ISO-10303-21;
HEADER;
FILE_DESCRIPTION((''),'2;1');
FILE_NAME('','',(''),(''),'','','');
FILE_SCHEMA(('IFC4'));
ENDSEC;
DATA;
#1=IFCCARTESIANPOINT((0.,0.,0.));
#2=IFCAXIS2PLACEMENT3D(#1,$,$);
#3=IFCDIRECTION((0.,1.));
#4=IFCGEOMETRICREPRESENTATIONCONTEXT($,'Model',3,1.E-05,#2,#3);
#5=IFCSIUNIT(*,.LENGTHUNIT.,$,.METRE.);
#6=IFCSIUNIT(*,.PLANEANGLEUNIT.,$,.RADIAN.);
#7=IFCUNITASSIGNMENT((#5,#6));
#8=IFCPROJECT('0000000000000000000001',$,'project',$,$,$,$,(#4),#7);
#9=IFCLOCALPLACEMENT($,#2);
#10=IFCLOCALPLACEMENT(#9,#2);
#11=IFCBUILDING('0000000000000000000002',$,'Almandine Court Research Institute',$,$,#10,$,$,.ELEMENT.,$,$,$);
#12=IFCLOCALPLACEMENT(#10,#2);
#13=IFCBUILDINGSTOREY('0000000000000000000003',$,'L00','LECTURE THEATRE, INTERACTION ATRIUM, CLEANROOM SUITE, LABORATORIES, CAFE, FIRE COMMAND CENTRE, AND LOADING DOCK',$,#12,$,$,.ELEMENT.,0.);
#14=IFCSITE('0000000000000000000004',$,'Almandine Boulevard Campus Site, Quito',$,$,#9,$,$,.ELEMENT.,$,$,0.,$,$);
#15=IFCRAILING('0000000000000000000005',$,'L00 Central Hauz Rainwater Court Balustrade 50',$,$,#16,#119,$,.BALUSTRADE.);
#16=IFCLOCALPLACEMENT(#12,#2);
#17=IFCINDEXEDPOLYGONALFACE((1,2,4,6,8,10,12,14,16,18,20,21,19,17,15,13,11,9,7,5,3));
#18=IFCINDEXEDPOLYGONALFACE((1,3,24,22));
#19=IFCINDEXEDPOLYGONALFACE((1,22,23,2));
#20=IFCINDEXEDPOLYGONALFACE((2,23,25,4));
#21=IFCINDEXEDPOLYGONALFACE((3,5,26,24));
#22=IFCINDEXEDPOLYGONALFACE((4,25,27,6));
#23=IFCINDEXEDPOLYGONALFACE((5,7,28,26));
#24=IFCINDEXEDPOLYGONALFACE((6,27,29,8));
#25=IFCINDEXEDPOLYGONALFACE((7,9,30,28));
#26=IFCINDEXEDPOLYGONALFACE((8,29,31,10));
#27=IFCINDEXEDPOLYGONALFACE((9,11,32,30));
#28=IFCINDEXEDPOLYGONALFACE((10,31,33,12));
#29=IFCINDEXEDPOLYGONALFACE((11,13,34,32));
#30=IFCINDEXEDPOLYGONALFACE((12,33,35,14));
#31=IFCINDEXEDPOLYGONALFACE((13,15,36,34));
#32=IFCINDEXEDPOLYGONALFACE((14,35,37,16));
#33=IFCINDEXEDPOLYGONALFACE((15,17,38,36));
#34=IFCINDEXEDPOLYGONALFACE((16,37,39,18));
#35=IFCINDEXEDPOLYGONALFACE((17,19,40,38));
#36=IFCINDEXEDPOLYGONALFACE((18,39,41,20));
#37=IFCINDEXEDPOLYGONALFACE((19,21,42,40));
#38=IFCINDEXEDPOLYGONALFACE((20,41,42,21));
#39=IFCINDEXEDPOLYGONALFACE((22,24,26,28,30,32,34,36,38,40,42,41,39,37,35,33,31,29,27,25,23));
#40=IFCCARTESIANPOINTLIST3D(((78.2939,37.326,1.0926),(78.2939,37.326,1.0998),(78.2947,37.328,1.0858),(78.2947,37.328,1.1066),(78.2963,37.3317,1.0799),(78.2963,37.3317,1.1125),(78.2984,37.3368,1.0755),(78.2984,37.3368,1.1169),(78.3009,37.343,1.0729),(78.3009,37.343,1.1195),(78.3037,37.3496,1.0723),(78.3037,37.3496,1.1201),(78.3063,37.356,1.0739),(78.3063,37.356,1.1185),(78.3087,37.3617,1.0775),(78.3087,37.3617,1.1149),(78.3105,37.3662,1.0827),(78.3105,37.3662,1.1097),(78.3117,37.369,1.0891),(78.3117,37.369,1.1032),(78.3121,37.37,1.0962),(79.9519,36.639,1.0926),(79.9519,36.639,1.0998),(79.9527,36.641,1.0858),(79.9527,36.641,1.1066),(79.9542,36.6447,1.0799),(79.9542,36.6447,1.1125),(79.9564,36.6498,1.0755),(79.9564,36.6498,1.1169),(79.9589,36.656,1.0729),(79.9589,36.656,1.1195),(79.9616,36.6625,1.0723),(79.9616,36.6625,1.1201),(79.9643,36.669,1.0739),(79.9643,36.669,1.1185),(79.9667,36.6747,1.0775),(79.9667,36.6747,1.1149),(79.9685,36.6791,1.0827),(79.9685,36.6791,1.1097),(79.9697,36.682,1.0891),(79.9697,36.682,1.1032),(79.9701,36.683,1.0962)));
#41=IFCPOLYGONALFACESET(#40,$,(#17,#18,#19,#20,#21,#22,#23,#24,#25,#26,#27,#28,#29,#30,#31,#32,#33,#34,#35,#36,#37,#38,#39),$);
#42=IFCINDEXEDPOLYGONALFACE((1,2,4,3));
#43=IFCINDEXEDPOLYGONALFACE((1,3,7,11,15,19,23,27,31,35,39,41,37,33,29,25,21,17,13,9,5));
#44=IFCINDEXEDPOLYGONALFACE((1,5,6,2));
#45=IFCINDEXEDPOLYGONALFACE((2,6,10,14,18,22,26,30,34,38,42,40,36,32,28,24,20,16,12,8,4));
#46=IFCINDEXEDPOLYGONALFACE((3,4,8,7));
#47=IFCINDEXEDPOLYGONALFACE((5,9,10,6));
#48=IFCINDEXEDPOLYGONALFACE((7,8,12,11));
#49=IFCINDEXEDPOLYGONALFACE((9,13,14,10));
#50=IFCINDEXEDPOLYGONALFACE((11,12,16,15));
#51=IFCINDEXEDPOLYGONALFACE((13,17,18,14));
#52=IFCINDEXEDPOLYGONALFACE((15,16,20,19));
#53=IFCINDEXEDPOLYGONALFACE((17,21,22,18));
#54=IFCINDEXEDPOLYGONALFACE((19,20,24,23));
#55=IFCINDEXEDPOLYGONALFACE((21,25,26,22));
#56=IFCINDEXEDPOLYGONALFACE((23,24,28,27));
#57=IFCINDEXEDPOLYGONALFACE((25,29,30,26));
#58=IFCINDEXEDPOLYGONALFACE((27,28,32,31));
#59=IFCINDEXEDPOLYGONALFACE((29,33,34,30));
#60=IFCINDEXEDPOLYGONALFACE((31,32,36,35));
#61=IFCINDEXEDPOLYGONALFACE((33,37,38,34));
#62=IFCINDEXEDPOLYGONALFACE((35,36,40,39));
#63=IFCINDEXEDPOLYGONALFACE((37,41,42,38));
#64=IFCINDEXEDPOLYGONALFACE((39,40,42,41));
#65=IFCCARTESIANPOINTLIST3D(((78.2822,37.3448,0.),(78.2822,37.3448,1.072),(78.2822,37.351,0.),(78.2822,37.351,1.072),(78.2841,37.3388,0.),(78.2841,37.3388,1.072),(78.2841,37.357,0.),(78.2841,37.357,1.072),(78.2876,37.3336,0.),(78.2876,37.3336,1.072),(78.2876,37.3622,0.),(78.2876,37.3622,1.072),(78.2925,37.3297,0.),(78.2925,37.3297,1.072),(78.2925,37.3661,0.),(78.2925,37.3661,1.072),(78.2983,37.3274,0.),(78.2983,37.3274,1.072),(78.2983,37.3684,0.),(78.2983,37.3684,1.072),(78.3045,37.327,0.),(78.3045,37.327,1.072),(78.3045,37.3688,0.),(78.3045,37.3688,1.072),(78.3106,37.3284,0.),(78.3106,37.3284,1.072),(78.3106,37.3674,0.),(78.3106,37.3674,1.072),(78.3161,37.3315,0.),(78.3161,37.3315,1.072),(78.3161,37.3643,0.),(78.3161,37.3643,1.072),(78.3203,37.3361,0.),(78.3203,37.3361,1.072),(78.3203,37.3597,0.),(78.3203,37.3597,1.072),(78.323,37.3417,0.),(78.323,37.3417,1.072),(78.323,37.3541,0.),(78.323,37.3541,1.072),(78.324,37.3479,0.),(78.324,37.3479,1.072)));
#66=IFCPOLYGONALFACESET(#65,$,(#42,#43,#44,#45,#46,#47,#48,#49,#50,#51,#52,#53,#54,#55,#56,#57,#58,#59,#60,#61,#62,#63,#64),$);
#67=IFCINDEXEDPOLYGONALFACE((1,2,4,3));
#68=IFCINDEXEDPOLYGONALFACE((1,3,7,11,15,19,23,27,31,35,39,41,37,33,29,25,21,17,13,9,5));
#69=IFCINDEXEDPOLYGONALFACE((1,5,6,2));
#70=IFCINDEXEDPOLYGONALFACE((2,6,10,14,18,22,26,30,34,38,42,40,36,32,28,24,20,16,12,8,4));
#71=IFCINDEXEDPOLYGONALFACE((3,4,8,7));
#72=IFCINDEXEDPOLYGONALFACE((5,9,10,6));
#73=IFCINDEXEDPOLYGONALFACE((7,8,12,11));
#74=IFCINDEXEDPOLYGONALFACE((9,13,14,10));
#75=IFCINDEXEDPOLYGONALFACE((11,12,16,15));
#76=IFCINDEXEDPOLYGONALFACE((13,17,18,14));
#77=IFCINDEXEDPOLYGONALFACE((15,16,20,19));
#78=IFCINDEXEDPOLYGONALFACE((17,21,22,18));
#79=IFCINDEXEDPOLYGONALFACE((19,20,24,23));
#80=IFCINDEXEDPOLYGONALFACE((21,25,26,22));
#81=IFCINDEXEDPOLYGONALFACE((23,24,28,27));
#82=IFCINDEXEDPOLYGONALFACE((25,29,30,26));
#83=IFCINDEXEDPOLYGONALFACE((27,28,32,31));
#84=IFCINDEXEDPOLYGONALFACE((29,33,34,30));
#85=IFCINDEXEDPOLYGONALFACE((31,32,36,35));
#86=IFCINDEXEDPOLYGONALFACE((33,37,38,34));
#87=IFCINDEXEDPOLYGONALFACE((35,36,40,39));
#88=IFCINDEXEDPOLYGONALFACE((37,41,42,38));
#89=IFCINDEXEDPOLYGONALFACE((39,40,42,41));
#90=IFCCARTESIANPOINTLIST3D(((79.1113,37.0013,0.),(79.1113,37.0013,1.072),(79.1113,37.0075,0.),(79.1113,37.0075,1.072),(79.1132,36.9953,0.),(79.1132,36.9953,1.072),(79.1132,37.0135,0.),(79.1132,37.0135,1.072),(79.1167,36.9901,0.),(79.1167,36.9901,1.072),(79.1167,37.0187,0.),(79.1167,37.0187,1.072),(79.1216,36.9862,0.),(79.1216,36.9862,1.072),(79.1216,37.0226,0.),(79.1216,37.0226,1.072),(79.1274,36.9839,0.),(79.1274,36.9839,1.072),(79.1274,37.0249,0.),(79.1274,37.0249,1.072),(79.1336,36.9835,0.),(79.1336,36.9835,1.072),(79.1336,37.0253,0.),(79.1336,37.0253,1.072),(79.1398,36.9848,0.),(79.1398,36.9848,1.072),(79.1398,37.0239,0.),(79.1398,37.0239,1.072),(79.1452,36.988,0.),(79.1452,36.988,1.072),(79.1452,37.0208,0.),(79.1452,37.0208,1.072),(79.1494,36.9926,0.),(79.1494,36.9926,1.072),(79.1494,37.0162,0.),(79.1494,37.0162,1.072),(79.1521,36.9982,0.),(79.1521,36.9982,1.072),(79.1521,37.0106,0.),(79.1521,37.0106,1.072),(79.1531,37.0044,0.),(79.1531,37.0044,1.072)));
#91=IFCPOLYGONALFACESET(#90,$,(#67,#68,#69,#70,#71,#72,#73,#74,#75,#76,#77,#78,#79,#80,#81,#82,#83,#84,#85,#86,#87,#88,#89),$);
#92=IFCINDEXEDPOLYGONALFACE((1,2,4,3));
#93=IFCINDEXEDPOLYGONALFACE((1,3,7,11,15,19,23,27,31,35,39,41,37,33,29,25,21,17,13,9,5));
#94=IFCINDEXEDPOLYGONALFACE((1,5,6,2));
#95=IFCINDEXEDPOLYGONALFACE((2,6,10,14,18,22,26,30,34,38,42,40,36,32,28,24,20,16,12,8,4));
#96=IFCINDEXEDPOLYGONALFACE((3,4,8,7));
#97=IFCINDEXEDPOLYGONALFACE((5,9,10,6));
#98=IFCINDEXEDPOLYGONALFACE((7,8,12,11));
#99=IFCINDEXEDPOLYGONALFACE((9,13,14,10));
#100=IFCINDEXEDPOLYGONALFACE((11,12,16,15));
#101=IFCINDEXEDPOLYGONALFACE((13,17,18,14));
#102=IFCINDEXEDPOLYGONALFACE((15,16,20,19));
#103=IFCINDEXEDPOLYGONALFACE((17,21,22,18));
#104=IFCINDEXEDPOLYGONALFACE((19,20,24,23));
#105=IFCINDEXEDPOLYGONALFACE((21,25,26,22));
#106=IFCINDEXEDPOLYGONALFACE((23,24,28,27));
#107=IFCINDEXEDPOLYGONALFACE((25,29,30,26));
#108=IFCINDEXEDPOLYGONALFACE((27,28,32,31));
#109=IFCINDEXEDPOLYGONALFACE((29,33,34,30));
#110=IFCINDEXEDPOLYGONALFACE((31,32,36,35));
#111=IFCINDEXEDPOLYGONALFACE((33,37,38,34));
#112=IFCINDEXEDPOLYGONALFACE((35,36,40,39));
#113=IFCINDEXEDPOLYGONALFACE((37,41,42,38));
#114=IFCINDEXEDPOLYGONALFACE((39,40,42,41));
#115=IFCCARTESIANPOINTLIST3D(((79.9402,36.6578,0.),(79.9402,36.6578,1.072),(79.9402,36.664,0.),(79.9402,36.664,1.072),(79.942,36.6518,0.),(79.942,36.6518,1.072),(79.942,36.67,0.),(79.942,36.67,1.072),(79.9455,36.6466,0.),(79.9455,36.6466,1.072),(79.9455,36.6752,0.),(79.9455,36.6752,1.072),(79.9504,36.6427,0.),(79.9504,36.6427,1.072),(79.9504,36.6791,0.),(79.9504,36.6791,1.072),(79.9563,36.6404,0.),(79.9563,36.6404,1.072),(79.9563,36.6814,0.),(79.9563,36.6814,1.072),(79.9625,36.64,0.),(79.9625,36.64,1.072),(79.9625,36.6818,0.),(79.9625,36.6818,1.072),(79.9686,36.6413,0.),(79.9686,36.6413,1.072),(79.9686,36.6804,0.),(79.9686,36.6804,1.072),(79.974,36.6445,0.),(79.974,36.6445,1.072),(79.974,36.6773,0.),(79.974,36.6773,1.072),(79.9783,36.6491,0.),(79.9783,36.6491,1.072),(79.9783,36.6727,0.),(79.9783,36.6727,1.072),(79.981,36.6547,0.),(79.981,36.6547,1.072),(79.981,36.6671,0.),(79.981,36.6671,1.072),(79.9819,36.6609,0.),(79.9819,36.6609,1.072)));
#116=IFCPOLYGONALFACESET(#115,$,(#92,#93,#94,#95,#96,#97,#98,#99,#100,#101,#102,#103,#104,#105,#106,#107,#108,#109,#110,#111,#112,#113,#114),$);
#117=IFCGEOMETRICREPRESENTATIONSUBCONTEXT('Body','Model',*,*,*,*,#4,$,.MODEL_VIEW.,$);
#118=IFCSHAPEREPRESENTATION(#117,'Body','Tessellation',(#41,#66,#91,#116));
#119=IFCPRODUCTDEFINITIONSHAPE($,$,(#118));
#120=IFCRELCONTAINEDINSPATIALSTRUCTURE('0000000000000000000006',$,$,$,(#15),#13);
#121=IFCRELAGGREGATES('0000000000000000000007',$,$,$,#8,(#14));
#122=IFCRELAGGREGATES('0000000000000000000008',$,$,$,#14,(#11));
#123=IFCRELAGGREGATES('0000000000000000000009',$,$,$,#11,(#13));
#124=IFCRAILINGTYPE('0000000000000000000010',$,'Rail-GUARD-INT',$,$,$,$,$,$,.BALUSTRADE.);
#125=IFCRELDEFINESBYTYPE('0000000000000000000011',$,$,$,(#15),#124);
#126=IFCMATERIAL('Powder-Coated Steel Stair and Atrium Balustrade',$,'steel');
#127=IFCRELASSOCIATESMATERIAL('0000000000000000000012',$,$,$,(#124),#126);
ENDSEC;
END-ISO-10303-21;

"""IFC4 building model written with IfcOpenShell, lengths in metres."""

from ifc_helpers import new_model, si_unit, direction, frame, origin, origin_2d, place, context, subcontext, project, spatial, circle, extrude, material, type_object, element, save


model = new_model("IFC4")

# Units and contexts
model_context = context("Model", 3, precision=1e-05, world=origin(), true_north=direction((0.0, 1.0)))
body_context = subcontext(model_context, "Body", "Model", "MODEL_VIEW")
ifc_project = project(units=[si_unit("LENGTHUNIT", "METRE"), si_unit("PLANEANGLEUNIT", "RADIAN")], contexts=[model_context])

# Site, building, storey
site_placement = place(None, origin())
site = spatial("IfcSite", under=ifc_project, at=site_placement, Name="Almandine Boulevard Campus Site, Quito", CompositionType="ELEMENT", RefElevation=0.0)
building_placement = place(site_placement, origin())
building = spatial("IfcBuilding", under=site, at=building_placement, Name="Almandine Court Research Institute", CompositionType="ELEMENT")
storey_placement = place(building_placement, origin())
storey = spatial("IfcBuildingStorey", under=building, at=storey_placement, Name="L00", Description="LECTURE THEATRE, INTERACTION ATRIUM, CLEANROOM SUITE, LABORATORIES, CAFE, FIRE COMMAND CENTRE, AND LOADING DOCK", CompositionType="ELEMENT", Elevation=0.0)

# Railing
ifc_material_1 = material(Name="Powder-Coated Steel Stair and Atrium Balustrade", Category="steel")
railing_type = type_object("IfcRailingType", Name="Rail-GUARD-INT", PredefinedType="BALUSTRADE", material=ifc_material_1)
railing_1_placement = place(storey_placement, frame((78.303, 37.3479, 0.0)))
element("IfcRailing", 1, at=railing_1_placement, inside=storey, type_object=railing_type, Name="L00 Central Hauz Rainwater Court Balustrade 50", PredefinedType="BALUSTRADE", context=body_context, shape_type="SweptSolid", body=[
    extrude(circle(Radius=0.0239, at=origin_2d()), frame((0.0, 0.0, 1.0962), z_axis=(0.923828, -0.382808, 0.0), x_axis=(0.382808, 0.923828, 0.0)), (0.0, 0.0, 1.0), 1.7947),
    extrude(circle(Radius=0.021, at=origin_2d()), origin(), (0.0, 0.0, 1.0), 1.072),
    extrude(circle(Radius=0.021, at=origin_2d()), frame((0.8291, -0.3435, 0.0)), (0.0, 0.0, 1.0), 1.072),
    extrude(circle(Radius=0.021, at=origin_2d()), frame((1.658, -0.687, 0.0)), (0.0, 0.0, 1.0), 1.072),
])

save(model, "model.ifc")
